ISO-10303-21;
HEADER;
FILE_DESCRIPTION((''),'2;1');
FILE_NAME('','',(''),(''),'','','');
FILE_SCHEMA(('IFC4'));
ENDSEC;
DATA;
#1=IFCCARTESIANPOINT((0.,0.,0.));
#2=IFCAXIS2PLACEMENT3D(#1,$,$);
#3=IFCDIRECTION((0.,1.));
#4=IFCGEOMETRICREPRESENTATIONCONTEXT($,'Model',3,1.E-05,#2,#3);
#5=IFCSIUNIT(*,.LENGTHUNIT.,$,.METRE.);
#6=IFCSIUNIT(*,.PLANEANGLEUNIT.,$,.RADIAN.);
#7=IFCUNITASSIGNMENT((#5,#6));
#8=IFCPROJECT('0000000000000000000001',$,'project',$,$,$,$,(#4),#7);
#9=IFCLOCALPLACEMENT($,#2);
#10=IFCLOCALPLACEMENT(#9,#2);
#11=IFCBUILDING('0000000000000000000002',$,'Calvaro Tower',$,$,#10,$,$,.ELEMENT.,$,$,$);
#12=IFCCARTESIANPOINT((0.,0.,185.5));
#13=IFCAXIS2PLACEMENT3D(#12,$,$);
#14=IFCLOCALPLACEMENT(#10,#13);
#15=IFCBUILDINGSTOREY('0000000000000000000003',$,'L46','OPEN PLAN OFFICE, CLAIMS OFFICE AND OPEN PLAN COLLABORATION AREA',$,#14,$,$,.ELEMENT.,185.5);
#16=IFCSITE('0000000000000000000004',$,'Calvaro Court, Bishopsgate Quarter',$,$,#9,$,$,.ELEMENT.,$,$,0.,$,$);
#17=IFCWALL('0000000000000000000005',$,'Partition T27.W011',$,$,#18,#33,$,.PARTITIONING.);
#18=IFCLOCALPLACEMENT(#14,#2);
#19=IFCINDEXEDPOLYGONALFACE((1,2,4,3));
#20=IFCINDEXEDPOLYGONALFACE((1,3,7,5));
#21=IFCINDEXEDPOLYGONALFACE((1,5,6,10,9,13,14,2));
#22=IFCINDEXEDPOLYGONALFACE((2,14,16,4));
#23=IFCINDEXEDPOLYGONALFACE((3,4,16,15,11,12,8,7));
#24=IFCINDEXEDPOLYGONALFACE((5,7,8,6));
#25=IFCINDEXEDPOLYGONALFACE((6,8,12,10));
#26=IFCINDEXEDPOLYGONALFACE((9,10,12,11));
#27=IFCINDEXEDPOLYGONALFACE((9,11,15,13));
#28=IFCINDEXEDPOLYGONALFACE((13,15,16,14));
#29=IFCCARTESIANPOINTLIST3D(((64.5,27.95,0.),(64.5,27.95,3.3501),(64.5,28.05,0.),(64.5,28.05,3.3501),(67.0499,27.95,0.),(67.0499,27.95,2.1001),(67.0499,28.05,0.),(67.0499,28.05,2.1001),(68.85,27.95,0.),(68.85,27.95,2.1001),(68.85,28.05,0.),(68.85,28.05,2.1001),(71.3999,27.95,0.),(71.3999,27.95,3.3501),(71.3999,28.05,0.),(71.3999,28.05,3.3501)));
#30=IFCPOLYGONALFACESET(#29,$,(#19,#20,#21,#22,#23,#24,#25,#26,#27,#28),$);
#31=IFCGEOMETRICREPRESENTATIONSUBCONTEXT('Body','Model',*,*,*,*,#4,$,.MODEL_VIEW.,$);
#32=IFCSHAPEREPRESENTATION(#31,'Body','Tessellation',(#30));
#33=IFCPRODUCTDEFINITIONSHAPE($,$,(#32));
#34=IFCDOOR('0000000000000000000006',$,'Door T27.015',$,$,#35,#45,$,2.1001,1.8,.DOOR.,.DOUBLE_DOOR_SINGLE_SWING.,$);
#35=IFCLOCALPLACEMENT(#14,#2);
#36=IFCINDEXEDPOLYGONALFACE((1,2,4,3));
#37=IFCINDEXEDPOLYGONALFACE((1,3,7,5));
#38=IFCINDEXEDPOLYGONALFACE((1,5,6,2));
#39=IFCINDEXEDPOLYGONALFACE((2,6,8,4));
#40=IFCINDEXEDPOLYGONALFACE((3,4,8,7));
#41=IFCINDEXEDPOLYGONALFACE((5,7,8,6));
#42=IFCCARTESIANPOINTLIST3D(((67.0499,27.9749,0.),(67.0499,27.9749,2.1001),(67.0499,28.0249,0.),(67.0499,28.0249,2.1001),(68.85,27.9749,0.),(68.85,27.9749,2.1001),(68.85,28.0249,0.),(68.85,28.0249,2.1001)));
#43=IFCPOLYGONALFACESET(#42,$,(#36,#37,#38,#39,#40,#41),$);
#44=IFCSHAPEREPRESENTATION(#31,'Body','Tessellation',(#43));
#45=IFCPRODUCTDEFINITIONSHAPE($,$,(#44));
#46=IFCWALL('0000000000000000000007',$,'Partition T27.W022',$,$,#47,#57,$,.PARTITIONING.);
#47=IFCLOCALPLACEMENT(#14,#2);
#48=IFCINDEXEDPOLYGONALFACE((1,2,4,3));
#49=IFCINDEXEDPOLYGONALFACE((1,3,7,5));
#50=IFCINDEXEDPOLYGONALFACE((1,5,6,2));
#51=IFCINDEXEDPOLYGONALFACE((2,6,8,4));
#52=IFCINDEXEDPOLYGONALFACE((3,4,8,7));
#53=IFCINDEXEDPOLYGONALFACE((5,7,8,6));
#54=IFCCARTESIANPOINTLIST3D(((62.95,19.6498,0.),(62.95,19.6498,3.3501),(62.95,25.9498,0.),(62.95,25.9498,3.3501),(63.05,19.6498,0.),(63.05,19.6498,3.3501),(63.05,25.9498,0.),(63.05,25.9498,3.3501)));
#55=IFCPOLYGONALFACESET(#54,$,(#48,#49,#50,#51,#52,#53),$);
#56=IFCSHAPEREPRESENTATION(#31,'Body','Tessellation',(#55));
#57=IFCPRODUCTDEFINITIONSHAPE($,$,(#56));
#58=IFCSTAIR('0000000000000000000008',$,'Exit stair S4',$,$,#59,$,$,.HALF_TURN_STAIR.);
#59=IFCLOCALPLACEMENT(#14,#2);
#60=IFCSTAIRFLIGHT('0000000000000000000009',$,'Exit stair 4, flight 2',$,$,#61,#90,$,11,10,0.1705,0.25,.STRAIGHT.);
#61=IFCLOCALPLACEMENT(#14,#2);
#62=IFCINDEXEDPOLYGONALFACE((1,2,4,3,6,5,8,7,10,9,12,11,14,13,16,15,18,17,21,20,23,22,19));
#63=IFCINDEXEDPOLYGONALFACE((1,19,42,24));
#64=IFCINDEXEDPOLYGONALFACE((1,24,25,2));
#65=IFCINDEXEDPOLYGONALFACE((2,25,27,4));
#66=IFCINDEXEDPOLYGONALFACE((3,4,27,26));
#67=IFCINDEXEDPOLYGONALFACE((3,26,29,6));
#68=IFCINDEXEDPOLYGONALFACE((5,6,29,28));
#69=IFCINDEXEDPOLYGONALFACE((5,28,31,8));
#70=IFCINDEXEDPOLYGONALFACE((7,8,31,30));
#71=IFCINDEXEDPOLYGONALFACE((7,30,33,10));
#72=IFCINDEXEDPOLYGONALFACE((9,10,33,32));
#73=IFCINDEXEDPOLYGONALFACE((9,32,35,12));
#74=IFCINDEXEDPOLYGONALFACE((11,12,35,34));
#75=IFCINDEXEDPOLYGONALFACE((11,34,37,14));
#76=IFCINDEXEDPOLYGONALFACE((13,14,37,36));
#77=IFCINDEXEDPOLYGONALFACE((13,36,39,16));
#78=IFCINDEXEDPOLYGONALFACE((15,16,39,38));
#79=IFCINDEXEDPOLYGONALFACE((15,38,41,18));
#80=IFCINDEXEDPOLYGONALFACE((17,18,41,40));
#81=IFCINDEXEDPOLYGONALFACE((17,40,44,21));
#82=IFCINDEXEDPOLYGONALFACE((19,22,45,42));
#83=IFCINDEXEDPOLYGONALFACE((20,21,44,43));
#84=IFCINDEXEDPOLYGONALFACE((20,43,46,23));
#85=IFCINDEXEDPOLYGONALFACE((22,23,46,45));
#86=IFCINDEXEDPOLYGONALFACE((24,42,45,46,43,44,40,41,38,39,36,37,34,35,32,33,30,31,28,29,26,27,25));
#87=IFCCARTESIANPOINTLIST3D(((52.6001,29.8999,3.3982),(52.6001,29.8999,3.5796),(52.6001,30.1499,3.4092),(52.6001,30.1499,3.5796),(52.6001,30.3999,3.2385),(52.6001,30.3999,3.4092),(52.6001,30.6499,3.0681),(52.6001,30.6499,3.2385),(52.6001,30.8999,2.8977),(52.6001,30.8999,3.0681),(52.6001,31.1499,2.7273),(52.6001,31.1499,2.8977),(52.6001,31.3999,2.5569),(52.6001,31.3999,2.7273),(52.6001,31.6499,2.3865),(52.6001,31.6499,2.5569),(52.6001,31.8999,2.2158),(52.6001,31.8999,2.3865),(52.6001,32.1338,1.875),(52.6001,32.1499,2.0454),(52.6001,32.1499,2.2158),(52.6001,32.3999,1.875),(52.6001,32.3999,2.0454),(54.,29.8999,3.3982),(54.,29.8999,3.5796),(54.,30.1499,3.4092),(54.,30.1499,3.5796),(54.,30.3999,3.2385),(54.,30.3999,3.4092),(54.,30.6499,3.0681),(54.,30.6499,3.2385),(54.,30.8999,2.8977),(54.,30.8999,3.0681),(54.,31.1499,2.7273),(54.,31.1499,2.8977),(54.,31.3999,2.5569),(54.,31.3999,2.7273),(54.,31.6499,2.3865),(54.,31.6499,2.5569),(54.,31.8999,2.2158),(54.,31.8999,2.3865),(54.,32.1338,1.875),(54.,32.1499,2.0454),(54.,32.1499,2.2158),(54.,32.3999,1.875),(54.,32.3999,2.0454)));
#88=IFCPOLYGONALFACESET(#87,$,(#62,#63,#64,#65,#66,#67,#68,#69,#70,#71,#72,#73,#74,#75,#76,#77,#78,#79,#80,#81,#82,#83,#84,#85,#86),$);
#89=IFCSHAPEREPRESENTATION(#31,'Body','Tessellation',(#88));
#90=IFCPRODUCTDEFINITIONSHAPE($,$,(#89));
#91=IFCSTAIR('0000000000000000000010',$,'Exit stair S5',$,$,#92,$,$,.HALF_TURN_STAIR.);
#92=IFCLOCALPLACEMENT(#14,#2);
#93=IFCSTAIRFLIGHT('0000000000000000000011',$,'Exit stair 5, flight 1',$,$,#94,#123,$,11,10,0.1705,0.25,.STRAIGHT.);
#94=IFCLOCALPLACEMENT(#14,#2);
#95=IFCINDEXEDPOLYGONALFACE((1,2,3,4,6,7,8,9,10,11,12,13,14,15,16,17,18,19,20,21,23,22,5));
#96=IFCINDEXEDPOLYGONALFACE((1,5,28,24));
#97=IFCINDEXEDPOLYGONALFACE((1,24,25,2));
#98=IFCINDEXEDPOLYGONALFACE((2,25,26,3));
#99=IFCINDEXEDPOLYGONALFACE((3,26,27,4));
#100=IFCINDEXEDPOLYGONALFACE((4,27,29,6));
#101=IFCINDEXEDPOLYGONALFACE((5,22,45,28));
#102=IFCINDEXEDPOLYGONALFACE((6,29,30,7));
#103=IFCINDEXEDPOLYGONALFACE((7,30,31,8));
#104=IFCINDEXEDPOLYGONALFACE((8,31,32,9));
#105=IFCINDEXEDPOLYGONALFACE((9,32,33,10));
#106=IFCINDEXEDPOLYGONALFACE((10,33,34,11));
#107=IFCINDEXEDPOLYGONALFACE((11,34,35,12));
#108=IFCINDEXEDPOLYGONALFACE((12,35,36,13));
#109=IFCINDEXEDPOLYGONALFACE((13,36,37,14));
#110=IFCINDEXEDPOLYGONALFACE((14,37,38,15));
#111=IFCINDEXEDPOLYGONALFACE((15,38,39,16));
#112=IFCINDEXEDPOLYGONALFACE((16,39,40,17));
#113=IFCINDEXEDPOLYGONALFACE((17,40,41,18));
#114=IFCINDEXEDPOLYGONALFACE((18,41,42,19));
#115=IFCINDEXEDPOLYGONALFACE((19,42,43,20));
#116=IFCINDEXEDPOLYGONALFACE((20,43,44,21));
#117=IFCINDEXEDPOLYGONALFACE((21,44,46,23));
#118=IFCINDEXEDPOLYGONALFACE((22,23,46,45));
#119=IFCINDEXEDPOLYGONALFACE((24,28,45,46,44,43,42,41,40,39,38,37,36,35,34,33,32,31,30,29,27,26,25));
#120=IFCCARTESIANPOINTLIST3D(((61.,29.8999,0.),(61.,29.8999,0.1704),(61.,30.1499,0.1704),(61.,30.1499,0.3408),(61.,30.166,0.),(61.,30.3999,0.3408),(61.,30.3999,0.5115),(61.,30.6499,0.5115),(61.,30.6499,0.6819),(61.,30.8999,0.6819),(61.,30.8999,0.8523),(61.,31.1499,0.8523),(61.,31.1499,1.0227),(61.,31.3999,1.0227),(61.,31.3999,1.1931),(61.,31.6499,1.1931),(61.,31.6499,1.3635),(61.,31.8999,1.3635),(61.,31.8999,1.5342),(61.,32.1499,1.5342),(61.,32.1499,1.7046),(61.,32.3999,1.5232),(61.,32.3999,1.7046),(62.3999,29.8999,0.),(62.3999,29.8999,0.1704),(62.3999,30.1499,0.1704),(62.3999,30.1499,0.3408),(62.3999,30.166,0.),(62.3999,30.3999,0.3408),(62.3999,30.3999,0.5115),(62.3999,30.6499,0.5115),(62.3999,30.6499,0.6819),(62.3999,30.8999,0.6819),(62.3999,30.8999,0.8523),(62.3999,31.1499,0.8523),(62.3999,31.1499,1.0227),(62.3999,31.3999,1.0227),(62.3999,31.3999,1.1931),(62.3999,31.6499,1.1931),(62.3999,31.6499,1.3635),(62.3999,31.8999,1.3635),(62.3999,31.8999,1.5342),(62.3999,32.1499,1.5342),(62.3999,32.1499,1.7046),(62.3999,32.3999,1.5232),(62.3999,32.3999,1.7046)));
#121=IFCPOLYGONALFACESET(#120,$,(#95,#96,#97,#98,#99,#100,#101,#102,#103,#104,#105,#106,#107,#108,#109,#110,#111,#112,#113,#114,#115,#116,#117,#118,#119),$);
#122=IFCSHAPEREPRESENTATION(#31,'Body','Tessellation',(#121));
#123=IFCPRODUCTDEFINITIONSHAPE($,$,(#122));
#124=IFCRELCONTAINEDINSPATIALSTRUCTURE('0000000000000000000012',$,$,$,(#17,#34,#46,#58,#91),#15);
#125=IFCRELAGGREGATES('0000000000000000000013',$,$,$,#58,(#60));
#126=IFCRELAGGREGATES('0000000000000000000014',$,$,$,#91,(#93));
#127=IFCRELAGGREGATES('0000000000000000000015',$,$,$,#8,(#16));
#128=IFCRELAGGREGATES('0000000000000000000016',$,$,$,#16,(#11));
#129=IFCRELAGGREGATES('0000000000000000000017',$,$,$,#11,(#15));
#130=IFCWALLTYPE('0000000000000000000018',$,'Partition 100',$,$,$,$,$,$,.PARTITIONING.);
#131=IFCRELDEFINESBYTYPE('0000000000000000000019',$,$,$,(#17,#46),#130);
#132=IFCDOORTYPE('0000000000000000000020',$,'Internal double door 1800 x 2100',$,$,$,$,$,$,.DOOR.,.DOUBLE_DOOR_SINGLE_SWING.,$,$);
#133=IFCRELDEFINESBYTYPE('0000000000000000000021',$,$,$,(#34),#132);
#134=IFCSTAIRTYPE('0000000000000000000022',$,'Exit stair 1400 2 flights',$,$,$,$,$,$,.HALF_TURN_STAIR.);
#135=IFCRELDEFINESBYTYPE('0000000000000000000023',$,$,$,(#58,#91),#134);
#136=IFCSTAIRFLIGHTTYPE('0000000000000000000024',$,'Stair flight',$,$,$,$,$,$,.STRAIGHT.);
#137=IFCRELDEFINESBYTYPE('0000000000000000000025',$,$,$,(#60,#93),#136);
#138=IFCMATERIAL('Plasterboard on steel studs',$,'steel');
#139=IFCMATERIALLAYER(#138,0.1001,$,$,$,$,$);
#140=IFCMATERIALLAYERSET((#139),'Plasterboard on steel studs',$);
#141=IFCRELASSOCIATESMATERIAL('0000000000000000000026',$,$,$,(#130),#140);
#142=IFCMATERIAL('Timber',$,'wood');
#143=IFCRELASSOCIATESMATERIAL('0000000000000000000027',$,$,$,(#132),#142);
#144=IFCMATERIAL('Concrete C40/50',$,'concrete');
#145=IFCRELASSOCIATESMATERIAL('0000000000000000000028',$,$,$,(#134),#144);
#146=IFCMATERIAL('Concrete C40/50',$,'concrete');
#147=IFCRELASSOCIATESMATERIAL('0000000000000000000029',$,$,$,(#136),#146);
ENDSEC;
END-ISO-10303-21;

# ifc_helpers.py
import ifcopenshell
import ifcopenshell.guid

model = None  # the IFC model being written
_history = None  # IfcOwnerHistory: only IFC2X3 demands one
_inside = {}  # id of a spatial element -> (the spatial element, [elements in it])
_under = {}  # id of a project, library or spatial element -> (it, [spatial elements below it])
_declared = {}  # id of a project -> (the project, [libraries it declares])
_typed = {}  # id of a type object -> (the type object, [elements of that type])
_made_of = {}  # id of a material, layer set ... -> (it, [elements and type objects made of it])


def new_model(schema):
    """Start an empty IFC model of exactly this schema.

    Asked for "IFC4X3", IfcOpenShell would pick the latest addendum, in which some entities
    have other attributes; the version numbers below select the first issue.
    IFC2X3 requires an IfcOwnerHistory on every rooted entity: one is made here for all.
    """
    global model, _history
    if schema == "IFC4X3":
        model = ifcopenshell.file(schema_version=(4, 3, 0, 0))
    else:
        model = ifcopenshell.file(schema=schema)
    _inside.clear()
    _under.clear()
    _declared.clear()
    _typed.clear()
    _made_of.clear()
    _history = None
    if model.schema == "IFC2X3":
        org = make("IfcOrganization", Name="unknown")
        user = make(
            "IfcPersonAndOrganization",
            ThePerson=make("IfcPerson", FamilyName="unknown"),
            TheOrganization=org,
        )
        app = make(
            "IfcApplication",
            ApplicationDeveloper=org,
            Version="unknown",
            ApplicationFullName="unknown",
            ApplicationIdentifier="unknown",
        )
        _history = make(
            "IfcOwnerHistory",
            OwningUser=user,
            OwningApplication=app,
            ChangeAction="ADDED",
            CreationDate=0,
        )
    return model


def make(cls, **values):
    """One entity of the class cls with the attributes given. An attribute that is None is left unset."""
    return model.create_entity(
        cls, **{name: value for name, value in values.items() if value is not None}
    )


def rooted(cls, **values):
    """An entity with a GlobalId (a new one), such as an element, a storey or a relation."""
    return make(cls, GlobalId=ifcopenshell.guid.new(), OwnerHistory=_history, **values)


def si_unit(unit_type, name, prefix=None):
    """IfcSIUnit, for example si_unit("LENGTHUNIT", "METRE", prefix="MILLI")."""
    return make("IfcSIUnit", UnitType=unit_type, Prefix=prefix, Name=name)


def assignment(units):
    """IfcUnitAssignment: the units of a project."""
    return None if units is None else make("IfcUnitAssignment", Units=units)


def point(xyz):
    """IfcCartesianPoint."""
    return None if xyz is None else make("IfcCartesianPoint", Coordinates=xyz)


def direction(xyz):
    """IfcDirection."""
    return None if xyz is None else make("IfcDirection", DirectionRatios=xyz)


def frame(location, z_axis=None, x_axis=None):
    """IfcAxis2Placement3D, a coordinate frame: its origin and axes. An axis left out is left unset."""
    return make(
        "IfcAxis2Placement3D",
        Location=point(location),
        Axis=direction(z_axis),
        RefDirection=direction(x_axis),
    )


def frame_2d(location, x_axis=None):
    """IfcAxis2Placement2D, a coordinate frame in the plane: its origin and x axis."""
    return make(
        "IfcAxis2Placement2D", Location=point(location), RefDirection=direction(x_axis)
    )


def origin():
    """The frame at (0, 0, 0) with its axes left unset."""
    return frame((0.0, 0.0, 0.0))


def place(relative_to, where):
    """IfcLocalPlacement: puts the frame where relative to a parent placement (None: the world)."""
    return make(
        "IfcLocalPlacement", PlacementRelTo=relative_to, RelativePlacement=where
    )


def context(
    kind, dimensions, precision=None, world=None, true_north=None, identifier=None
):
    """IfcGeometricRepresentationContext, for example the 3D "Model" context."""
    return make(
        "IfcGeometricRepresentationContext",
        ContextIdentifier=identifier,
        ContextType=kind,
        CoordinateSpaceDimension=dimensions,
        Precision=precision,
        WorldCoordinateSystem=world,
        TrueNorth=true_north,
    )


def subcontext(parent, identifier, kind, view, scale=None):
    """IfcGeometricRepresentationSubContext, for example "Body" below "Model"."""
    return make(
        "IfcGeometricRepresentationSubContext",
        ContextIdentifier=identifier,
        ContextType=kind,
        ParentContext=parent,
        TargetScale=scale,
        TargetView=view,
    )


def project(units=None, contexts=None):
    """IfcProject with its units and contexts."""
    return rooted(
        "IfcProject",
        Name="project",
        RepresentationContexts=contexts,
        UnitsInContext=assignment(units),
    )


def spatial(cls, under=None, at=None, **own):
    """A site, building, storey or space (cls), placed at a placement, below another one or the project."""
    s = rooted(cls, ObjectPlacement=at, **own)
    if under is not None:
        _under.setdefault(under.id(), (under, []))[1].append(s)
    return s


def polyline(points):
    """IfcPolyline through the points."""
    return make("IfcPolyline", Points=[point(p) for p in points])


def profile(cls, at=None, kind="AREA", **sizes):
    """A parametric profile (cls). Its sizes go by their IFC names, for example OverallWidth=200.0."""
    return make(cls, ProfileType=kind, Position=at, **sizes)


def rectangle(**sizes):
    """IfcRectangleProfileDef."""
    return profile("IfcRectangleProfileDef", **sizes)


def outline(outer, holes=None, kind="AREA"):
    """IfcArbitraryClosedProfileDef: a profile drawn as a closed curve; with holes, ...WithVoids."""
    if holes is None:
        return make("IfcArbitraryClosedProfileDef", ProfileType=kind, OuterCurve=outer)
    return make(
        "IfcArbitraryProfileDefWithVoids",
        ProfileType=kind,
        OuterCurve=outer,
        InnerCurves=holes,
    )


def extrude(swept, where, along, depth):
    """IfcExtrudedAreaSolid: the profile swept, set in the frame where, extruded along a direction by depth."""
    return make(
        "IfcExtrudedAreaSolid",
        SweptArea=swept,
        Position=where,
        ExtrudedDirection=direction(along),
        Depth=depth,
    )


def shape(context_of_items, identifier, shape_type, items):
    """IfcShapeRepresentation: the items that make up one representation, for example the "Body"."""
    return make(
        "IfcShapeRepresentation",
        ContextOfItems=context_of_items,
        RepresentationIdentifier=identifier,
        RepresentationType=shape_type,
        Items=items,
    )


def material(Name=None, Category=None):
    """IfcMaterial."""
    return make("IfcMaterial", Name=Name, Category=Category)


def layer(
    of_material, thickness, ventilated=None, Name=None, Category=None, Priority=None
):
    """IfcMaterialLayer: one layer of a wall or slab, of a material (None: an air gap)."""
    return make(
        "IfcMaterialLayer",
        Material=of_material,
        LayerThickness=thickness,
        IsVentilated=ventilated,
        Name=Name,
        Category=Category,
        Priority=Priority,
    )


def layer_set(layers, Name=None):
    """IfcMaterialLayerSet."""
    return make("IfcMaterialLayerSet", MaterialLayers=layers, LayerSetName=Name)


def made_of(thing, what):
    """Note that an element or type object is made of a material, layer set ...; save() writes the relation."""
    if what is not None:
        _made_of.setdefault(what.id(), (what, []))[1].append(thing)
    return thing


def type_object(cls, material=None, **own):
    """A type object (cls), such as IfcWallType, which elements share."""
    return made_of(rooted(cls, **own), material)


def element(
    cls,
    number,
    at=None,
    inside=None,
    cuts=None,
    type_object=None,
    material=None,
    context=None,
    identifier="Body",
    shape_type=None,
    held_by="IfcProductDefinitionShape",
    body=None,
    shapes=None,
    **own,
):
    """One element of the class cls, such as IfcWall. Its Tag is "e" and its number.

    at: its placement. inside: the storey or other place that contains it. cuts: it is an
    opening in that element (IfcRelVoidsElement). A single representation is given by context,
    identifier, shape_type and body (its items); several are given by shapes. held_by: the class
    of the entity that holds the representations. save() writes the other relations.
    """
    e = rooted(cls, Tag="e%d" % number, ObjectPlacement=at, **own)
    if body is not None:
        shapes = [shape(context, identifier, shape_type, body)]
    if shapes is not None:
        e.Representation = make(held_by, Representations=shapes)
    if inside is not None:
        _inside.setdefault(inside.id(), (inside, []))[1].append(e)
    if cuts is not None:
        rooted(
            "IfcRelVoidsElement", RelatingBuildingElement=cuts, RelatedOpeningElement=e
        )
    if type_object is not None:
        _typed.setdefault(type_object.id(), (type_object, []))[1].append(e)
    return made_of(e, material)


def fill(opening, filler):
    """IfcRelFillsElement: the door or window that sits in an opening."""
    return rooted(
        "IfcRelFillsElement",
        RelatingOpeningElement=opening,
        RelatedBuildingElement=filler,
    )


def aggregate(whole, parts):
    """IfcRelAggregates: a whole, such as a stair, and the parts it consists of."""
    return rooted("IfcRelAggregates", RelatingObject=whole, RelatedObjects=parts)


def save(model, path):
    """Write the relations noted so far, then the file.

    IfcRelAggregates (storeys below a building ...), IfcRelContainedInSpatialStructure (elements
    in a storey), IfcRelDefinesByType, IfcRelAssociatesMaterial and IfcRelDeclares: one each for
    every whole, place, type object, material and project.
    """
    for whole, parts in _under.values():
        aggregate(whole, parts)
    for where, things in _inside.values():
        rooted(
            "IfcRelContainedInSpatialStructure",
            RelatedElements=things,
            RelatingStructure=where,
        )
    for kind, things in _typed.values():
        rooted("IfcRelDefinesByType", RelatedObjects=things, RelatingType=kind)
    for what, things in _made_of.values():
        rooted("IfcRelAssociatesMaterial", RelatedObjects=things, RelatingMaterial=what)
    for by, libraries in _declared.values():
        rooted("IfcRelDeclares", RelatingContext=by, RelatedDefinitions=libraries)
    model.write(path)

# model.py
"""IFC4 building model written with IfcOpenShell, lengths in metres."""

from ifc_helpers import new_model, si_unit, direction, frame, frame_2d, origin, place, context, subcontext, project, spatial, polyline, rectangle, outline, extrude, material, layer, layer_set, type_object, element, fill, aggregate, save


model = new_model("IFC4")

# Units and contexts
model_context = context("Model", 3, precision=1e-05, world=origin(), true_north=direction((0.0, 1.0)))
body_context = subcontext(model_context, "Body", "Model", "MODEL_VIEW")
ifc_project = project(units=[si_unit("LENGTHUNIT", "METRE"), si_unit("PLANEANGLEUNIT", "RADIAN")], contexts=[model_context])

# Site, building, storey
site_placement = place(None, origin())
site = spatial("IfcSite", under=ifc_project, at=site_placement, Name="Calvaro Court, Bishopsgate Quarter", CompositionType="ELEMENT", RefElevation=0.0)
building_placement = place(site_placement, origin())
building = spatial("IfcBuilding", under=site, at=building_placement, Name="Calvaro Tower", CompositionType="ELEMENT")
storey_placement = place(building_placement, frame((0.0, 0.0, 185.5)))
storey = spatial("IfcBuildingStorey", under=building, at=storey_placement, Name="L46", Description="OPEN PLAN OFFICE, CLAIMS OFFICE AND OPEN PLAN COLLABORATION AREA", CompositionType="ELEMENT", Elevation=185.5)

# Wall, opening, door
ifc_material_1 = material(Name="Plasterboard on steel studs", Category="steel")
ifc_layer_1 = layer(ifc_material_1, 0.1001)
ifc_layer_set_1 = layer_set([ifc_layer_1], Name="Plasterboard on steel studs")
wall_type_1 = type_object("IfcWallType", Name="Partition 100", PredefinedType="PARTITIONING", material=ifc_layer_set_1)
wall_1_placement = place(storey_placement, frame((64.5, 28.0, 0.0), z_axis=(0.0, 0.0, 1.0), x_axis=(1.0, 0.0, 0.0)))
wall_1 = element("IfcWall", 1, at=wall_1_placement, inside=storey, type_object=wall_type_1, Name="Partition T27.W011", PredefinedType="PARTITIONING", context=body_context, shape_type="SweptSolid", body=[
    extrude(rectangle(XDim=6.8999, YDim=0.1001, at=frame_2d((3.45, 0.0))), origin(), (0.0, 0.0, 1.0), 3.3501),
])
opening_1_placement = place(wall_1_placement, frame((2.55, 0.0, 0.0)))
opening_1 = element("IfcOpeningElement", 2, at=opening_1_placement, cuts=wall_1, PredefinedType="OPENING", context=body_context, shape_type="SweptSolid", body=[
    extrude(rectangle(XDim=1.8, YDim=2.1001, at=frame_2d((0.8999, 1.05))), frame((0.0, 0.0601, 0.0), z_axis=(0.0, -1.0, 0.0), x_axis=(1.0, 0.0, 0.0)), (0.0, 0.0, 1.0), 0.1201),
])
ifc_material_2 = material(Name="Timber", Category="wood")
door_type_1 = type_object("IfcDoorType", Name="Internal double door 1800 x 2100", OperationType="DOUBLE_DOOR_SINGLE_SWING", PredefinedType="DOOR", material=ifc_material_2)
door_1_placement = place(opening_1_placement, origin())
door_1 = element("IfcDoor", 3, at=door_1_placement, inside=storey, type_object=door_type_1, Name="Door T27.015", OperationType="DOUBLE_DOOR_SINGLE_SWING", OverallHeight=2.1001, OverallWidth=1.8, PredefinedType="DOOR", context=body_context, shape_type="SweptSolid", body=[
    extrude(rectangle(XDim=1.8, YDim=2.1001, at=frame_2d((0.8999, 1.05))), frame((0.0, 0.0249, 0.0), z_axis=(0.0, -1.0, 0.0), x_axis=(1.0, 0.0, 0.0)), (0.0, 0.0, 1.0), 0.05),
])
fill(opening_1, door_1)

# Wall
wall_2_placement = place(storey_placement, frame((63.0, 19.6499, 0.0), z_axis=(0.0, 0.0, 1.0), x_axis=(0.0, 1.0, 0.0)))
element("IfcWall", 4, at=wall_2_placement, inside=storey, type_object=wall_type_1, Name="Partition T27.W022", PredefinedType="PARTITIONING", context=body_context, shape_type="SweptSolid", body=[
    extrude(rectangle(XDim=6.3, YDim=0.1001, at=frame_2d((3.1499, 0.0))), origin(), (0.0, 0.0, 1.0), 3.3501),
])

# Stairs, stair flights
ifc_material_3 = material(Name="Concrete C40/50", Category="concrete")
stair_type = type_object("IfcStairType", Name="Exit stair 1400 2 flights", PredefinedType="HALF_TURN_STAIR", material=ifc_material_3)
stair_1_placement = place(storey_placement, origin())
stair_1 = element("IfcStair", 5, at=stair_1_placement, inside=storey, type_object=stair_type, Name="Exit stair S4", PredefinedType="HALF_TURN_STAIR")
ifc_material_4 = material(Name="Concrete C40/50", Category="concrete")
stair_flight_type = type_object("IfcStairFlightType", Name="Stair flight", PredefinedType="STRAIGHT", material=ifc_material_4)
stair_flight_1_placement = place(storey_placement, frame((53.3, 32.3999, 1.875), z_axis=(0.0, 0.0, 1.0), x_axis=(0.0, -1.0, 0.0)))
stair_flight_1 = element("IfcStairFlight", 6, at=stair_flight_1_placement, type_object=stair_flight_type, Name="Exit stair 4, flight 2", NumberOfRisers=11, NumberOfTreads=10, PredefinedType="STRAIGHT", RiserHeight=0.1705, TreadLength=0.25, context=body_context, shape_type="SweptSolid", body=[
    extrude(outline(polyline([(0.0, 0.0), (0.0, 0.1704), (0.25, 0.1704), (0.25, 0.3408), (0.5, 0.3408), (0.5, 0.5115), (0.75, 0.5115), (0.75, 0.6819), (1.0, 0.6819), (1.0, 0.8523), (1.25, 0.8523), (1.25, 1.0227), (1.5, 1.0227), (1.5, 1.1931), (1.75, 1.1931), (1.75, 1.3635), (2.0, 1.3635), (2.0, 1.5342), (2.25, 1.5342), (2.25, 1.7046), (2.5, 1.7046), (2.5, 1.875), (2.5, 1.5232), (0.2661, 0.0), (0.0, 0.0)])), frame((0.0, 0.7, 0.0), z_axis=(0.0, -1.0, 0.0), x_axis=(1.0, 0.0, 0.0)), (0.0, 0.0, 1.0), 1.3999),
])
stair_2_placement = place(storey_placement, origin())
stair_2 = element("IfcStair", 7, at=stair_2_placement, inside=storey, type_object=stair_type, Name="Exit stair S5", PredefinedType="HALF_TURN_STAIR")
stair_flight_2_placement = place(storey_placement, frame((61.7, 29.8999, 0.0), z_axis=(0.0, 0.0, 1.0), x_axis=(0.0, 1.0, 0.0)))
stair_flight_2 = element("IfcStairFlight", 8, at=stair_flight_2_placement, type_object=stair_flight_type, Name="Exit stair 5, flight 1", NumberOfRisers=11, NumberOfTreads=10, PredefinedType="STRAIGHT", RiserHeight=0.1705, TreadLength=0.25, context=body_context, shape_type="SweptSolid", body=[
    extrude(outline(polyline([(0.0, 0.0), (0.0, 0.1704), (0.25, 0.1704), (0.25, 0.3408), (0.5, 0.3408), (0.5, 0.5115), (0.75, 0.5115), (0.75, 0.6819), (1.0, 0.6819), (1.0, 0.8523), (1.25, 0.8523), (1.25, 1.0227), (1.5, 1.0227), (1.5, 1.1931), (1.75, 1.1931), (1.75, 1.3635), (2.0, 1.3635), (2.0, 1.5342), (2.25, 1.5342), (2.25, 1.7046), (2.5, 1.7046), (2.5, 1.875), (2.5, 1.5232), (0.2661, 0.0), (0.0, 0.0)])), frame((0.0, 0.7, 0.0), z_axis=(0.0, -1.0, 0.0), x_axis=(1.0, 0.0, 0.0)), (0.0, 0.0, 1.0), 1.3999),
])

aggregate(stair_1, [stair_flight_1])
aggregate(stair_2, [stair_flight_2])

save(model, "model.ifc")
